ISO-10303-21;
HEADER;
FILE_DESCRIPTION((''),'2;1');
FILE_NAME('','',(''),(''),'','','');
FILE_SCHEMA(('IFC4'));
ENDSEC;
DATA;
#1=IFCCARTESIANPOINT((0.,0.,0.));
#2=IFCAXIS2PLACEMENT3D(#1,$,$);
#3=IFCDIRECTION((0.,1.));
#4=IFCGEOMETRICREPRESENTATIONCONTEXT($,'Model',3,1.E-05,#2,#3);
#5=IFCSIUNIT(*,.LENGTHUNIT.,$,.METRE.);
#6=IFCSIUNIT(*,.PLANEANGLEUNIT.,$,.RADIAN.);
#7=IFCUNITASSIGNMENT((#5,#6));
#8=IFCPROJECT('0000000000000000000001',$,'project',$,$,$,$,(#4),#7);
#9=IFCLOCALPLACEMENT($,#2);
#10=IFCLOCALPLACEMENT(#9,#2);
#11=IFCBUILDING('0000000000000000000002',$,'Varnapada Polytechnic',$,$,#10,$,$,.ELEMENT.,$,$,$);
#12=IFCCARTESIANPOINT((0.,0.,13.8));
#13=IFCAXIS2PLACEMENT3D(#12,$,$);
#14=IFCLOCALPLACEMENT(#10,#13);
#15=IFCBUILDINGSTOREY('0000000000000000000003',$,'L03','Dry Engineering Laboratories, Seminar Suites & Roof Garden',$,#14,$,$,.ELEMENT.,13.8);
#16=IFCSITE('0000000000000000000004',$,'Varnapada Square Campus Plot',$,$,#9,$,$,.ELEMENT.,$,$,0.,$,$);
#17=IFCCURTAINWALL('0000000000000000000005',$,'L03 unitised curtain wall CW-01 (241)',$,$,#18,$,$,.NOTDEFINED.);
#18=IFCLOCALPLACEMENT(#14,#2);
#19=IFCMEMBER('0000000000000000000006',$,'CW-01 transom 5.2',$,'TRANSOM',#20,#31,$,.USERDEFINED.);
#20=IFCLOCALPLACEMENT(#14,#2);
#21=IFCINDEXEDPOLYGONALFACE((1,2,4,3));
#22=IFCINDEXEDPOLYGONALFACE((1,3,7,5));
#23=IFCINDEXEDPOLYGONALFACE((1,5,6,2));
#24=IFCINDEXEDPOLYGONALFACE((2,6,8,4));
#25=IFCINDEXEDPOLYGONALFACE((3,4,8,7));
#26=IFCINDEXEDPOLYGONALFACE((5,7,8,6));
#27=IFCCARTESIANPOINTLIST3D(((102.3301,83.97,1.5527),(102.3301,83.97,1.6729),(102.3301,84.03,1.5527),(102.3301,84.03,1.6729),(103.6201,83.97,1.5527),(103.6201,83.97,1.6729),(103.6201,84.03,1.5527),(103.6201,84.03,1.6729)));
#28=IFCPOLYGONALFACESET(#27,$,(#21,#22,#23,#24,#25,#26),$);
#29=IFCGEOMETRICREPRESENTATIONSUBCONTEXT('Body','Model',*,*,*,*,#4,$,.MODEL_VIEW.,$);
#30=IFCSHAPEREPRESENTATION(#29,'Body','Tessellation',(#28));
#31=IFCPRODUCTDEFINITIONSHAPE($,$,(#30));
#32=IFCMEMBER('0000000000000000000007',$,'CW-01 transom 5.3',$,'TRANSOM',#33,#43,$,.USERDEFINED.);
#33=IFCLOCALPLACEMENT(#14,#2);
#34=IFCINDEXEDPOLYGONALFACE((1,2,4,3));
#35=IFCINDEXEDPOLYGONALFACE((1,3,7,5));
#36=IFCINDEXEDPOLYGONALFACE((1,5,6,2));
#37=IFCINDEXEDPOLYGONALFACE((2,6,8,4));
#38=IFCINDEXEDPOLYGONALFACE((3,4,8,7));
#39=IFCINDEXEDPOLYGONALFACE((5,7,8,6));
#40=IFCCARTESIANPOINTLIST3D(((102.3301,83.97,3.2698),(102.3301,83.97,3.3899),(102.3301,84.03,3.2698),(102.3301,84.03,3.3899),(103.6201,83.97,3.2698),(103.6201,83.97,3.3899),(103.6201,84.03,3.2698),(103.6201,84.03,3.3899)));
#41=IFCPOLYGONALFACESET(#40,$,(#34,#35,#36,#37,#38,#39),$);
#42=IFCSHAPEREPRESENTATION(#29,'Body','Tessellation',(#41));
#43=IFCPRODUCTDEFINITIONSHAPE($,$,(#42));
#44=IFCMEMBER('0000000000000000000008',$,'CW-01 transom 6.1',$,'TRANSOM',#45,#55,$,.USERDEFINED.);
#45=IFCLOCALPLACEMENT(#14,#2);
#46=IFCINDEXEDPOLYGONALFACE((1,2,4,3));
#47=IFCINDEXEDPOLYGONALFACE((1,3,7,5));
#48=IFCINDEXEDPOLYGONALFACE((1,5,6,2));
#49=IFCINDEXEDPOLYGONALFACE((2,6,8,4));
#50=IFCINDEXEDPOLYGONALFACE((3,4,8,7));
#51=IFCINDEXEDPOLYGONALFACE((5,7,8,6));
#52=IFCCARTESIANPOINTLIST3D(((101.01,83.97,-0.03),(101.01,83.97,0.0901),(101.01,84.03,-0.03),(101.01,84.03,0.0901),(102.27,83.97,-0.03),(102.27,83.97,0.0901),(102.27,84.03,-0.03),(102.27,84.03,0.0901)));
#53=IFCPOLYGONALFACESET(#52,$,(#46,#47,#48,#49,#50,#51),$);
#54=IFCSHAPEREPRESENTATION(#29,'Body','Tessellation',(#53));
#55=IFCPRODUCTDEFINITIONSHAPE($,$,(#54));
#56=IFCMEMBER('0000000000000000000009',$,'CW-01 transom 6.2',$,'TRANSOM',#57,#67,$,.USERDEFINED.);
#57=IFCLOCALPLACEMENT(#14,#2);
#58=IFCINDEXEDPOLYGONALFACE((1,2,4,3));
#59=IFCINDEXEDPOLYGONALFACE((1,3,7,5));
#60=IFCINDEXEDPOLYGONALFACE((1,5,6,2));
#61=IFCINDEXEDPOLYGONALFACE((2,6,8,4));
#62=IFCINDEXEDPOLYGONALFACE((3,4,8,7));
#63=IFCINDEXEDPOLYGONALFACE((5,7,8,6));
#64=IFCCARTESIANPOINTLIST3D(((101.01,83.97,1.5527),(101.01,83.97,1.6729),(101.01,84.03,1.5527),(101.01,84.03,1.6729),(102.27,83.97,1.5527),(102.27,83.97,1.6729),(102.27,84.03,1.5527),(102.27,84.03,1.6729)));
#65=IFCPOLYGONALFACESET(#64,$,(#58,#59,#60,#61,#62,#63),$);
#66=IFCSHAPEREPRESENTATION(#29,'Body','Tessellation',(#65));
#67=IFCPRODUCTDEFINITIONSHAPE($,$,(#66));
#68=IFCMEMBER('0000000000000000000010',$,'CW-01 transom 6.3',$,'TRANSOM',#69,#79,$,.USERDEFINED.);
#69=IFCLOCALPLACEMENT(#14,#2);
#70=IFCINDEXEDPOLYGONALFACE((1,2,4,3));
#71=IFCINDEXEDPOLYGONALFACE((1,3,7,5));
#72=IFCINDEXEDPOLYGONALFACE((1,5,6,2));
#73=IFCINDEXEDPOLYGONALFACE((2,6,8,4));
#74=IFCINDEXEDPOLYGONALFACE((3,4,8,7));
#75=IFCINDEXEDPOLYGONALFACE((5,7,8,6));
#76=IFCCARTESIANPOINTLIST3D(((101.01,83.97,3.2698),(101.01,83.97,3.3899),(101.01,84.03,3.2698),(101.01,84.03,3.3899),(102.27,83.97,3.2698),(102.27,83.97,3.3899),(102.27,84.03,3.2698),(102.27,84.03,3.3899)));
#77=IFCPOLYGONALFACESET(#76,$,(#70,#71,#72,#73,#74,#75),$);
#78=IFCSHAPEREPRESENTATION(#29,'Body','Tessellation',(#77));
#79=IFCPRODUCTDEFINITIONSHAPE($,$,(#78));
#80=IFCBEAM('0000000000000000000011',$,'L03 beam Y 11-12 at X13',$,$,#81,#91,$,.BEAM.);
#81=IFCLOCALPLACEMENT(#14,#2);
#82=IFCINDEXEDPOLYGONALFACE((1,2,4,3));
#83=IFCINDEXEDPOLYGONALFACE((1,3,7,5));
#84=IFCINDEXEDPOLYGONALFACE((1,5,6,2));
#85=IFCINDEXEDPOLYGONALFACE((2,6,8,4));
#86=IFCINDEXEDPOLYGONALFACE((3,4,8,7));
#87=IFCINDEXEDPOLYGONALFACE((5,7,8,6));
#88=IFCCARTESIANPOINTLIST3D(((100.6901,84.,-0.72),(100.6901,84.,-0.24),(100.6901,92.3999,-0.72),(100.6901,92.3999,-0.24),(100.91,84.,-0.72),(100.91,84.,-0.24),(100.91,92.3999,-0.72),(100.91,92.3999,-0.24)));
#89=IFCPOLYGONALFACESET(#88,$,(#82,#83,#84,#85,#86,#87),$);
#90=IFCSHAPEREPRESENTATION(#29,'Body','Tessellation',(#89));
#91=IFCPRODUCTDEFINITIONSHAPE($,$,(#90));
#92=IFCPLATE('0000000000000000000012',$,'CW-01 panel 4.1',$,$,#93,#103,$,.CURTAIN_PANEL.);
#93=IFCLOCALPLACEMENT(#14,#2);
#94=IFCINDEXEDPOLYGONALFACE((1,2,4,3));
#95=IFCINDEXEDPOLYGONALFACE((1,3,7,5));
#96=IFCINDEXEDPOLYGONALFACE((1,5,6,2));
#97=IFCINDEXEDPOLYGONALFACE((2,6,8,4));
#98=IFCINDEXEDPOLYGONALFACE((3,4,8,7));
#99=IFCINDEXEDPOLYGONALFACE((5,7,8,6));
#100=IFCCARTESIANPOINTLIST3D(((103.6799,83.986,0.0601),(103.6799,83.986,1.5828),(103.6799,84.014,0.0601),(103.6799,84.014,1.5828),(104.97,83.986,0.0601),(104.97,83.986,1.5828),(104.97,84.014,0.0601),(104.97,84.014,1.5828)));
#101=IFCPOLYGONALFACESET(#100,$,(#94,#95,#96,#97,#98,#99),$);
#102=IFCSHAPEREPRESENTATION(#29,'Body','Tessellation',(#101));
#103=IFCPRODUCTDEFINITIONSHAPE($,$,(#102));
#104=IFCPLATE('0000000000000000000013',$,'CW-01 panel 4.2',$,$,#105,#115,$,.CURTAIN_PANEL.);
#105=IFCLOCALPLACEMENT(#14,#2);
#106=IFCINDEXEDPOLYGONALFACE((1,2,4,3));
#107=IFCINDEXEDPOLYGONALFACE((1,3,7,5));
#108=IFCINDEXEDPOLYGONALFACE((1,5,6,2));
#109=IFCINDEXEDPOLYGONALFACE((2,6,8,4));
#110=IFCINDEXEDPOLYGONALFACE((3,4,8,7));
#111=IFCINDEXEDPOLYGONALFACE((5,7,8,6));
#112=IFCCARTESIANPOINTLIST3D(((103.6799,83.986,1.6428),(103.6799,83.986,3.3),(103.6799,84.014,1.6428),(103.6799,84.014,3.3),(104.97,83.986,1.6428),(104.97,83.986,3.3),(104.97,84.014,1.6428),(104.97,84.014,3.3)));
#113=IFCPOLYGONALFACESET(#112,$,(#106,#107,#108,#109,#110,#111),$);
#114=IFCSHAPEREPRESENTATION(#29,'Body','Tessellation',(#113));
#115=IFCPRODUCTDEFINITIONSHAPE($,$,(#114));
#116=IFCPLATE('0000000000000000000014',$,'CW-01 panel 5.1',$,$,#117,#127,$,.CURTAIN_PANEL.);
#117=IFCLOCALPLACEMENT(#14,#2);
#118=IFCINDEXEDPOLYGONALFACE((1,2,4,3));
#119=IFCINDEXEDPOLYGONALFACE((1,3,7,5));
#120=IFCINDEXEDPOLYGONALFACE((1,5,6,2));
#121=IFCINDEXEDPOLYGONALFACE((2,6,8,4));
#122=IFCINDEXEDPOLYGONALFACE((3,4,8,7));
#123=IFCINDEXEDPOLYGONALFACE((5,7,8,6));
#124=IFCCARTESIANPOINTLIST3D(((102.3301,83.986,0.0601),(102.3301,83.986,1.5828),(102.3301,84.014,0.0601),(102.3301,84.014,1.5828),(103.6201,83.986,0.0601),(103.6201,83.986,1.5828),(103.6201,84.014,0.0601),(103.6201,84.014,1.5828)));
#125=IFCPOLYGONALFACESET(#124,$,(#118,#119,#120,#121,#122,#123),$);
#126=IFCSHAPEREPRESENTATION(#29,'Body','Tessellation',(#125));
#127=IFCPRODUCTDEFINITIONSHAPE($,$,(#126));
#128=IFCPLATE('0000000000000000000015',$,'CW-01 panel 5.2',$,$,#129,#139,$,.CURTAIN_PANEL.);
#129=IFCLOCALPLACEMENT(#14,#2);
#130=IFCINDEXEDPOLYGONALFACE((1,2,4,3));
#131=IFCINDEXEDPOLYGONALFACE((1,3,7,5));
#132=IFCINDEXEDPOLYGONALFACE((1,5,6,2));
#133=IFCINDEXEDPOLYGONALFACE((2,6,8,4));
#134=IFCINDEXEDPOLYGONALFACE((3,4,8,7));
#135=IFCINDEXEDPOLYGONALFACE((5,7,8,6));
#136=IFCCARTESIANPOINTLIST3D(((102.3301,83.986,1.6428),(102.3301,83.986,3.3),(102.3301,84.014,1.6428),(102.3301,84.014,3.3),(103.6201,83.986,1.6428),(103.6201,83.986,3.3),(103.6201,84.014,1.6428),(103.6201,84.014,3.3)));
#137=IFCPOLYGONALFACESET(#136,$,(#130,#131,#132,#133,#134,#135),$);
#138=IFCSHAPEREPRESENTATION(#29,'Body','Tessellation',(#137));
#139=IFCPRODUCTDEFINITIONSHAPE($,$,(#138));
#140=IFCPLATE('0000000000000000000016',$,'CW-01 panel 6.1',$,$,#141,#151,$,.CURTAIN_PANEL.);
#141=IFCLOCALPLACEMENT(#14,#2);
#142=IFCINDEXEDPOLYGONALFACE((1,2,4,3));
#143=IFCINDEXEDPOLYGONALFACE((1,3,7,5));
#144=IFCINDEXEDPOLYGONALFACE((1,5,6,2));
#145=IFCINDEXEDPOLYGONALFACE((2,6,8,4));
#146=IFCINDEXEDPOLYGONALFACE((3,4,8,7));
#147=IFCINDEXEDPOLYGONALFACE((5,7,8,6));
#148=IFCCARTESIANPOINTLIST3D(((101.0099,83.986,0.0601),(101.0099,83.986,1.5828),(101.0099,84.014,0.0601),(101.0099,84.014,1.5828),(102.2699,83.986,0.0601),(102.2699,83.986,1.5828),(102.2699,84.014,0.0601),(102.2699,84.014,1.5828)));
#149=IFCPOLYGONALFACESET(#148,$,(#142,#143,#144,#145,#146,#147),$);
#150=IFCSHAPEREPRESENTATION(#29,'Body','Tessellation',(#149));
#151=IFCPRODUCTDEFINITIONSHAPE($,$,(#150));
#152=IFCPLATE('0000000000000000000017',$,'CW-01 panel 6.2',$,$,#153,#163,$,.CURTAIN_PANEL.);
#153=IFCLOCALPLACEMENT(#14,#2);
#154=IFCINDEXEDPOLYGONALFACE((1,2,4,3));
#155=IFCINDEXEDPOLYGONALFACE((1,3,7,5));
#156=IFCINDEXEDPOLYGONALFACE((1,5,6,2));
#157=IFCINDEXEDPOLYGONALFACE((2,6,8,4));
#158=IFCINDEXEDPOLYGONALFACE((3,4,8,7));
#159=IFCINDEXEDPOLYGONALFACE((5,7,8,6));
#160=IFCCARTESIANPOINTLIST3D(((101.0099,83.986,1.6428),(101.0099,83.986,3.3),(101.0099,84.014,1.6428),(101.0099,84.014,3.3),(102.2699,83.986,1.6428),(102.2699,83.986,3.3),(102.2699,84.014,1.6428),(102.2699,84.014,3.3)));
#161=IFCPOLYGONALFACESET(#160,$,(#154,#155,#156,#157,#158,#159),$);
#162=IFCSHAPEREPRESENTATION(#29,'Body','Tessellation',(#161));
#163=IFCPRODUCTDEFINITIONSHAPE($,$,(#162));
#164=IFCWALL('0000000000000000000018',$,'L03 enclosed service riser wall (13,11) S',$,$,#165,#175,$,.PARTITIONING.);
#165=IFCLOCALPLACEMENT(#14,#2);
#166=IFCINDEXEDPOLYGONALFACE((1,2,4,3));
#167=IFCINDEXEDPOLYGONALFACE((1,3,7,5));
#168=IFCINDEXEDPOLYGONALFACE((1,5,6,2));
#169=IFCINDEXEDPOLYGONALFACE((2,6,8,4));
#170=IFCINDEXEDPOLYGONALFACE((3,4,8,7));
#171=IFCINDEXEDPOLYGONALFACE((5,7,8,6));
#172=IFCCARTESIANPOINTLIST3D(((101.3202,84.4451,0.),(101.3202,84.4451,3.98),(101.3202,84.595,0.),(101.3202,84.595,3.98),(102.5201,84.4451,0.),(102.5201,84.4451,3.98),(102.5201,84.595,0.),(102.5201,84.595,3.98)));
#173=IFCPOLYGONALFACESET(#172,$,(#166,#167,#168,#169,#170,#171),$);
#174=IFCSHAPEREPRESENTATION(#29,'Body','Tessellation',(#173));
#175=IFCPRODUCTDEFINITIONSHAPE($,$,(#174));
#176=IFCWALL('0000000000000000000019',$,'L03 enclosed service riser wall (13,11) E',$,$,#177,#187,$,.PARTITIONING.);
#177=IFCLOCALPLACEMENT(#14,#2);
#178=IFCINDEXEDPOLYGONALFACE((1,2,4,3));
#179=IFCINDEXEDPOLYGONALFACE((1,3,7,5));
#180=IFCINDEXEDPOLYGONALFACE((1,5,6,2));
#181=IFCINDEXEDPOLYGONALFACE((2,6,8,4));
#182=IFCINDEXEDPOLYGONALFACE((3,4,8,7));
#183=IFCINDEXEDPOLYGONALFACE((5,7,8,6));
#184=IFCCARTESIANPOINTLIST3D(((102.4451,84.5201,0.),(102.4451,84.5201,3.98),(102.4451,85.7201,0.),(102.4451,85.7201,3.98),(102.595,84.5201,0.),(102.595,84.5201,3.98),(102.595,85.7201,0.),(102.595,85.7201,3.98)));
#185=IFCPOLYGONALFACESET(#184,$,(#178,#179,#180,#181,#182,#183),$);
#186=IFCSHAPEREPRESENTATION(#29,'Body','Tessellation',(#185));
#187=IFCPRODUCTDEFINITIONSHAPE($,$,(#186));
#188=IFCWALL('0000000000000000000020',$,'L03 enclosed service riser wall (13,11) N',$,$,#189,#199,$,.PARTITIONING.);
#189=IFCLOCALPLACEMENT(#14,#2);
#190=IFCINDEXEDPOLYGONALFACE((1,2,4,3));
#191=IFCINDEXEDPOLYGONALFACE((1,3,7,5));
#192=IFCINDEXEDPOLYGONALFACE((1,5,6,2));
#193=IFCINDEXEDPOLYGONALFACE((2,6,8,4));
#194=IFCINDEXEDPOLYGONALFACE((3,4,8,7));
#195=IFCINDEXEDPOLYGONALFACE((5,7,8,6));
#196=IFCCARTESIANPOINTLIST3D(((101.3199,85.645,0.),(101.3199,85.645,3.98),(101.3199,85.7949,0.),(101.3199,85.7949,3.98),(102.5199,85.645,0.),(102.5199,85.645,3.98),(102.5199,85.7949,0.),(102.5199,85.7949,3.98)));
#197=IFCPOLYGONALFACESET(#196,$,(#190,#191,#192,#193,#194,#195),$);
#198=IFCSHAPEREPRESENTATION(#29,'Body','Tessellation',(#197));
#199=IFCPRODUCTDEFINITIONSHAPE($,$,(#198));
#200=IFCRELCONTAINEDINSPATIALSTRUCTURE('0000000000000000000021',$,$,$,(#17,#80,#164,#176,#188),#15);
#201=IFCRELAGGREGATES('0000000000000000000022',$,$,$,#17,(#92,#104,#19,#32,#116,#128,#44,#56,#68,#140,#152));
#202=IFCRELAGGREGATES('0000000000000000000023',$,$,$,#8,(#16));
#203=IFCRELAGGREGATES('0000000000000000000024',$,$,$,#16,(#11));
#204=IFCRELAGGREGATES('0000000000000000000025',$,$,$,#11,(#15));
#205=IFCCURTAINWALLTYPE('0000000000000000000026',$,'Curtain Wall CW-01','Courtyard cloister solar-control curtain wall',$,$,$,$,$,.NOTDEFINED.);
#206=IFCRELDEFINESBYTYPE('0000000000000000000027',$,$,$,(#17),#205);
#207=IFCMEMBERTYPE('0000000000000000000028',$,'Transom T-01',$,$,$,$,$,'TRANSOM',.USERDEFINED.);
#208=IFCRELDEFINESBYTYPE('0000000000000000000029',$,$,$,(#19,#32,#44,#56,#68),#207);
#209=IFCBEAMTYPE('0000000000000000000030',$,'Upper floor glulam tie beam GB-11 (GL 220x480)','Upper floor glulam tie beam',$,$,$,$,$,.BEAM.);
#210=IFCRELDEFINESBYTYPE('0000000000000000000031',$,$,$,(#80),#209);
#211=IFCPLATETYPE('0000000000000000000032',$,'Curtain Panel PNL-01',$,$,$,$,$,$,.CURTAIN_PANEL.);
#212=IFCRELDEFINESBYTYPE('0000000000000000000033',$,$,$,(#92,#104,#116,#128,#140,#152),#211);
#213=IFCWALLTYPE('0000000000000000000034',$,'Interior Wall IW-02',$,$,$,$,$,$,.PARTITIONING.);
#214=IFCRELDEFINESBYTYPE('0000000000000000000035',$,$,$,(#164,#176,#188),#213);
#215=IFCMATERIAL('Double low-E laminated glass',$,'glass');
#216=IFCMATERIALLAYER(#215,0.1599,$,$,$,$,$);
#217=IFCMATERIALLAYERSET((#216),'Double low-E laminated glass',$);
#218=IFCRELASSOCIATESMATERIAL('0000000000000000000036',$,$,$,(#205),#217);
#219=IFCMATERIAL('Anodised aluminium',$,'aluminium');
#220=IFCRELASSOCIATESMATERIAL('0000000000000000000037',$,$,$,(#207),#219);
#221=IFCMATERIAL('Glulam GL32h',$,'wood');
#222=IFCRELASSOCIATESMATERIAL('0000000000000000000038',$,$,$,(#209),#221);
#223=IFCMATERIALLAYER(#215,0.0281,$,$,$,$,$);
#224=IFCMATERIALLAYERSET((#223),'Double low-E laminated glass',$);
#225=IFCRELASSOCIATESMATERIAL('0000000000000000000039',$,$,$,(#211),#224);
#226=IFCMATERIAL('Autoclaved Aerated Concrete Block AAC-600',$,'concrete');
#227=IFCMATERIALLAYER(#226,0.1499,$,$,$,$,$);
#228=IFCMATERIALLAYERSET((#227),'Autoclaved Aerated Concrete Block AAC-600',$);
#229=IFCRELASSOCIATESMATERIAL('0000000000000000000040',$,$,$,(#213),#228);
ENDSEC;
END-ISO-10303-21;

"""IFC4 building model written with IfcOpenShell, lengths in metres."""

from ifc_helpers import new_model, si_unit, direction, frame, frame_2d, origin, origin_2d, place, context, subcontext, project, spatial, rectangle, extrude, material, layer, layer_set, material_profile, profile_set, type_object, element, aggregate, save


model = new_model("IFC4")

# Units and contexts
model_context = context("Model", 3, precision=1e-05, world=origin(), true_north=direction((0.0, 1.0)))
body_context = subcontext(model_context, "Body", "Model", "MODEL_VIEW")
ifc_project = project(units=[si_unit("LENGTHUNIT", "METRE"), si_unit("PLANEANGLEUNIT", "RADIAN")], contexts=[model_context])

# Site, building, storey
site_placement = place(None, origin())
site = spatial("IfcSite", under=ifc_project, at=site_placement, Name="Varnapada Square Campus Plot", CompositionType="ELEMENT", RefElevation=0.0)
building_placement = place(site_placement, origin())
building = spatial("IfcBuilding", under=site, at=building_placement, Name="Varnapada Polytechnic", CompositionType="ELEMENT")
storey_placement = place(building_placement, frame((0.0, 0.0, 13.8)))
storey = spatial("IfcBuildingStorey", under=building, at=storey_placement, Name="L03", Description="Dry Engineering Laboratories, Seminar Suites & Roof Garden", CompositionType="ELEMENT", Elevation=13.8)

# Shared definitions
ifc_material_1 = material(Name="Glulam GL32h", Category="wood")

# Curtain wall
ifc_material_2 = material(Name="Double low-E laminated glass", Category="glass")
ifc_layer_1 = layer(ifc_material_2, 0.1599)
ifc_layer_set_1 = layer_set([ifc_layer_1], Name="Double low-E laminated glass")
curtain_wall_type = type_object("IfcCurtainWallType", Name="Curtain Wall CW-01", Description="Courtyard cloister solar-control curtain wall", PredefinedType="NOTDEFINED", material=ifc_layer_set_1)
curtain_wall_placement = place(storey_placement, origin())
curtain_wall = element("IfcCurtainWall", 1, at=curtain_wall_placement, inside=storey, type_object=curtain_wall_type, Name="L03 unitised curtain wall CW-01 (241)", PredefinedType="NOTDEFINED")
ifc_material_3 = material(Name="Anodised aluminium", Category="aluminium")

# Members
ifc_material_profile_1 = material_profile(ifc_material_3, rectangle(XDim=0.0601, YDim=0.1201, at=origin_2d()), Name="ALU T60x120")
ifc_profile_set_1 = profile_set([ifc_material_profile_1], Name="Anodised aluminium")
member_type_1 = type_object("IfcMemberType", Name="Transom T-01", ElementType="TRANSOM", PredefinedType="USERDEFINED", material=ifc_profile_set_1)
member_1_placement = place(storey_placement, frame((103.6201, 84.0, 1.6128), z_axis=(-1.0, 0.0, 0.0), x_axis=(0.0, -1.0, 0.0)))
member_1 = element("IfcMember", 2, at=member_1_placement, type_object=member_type_1, Name="CW-01 transom 5.2", ObjectType="TRANSOM", PredefinedType="USERDEFINED", context=body_context, shape_type="SweptSolid", body=[
    extrude(rectangle(XDim=0.0601, YDim=0.1201, at=origin_2d()), origin(), (0.0, 0.0, 1.0), 1.29),
])
member_2_placement = place(storey_placement, frame((103.6201, 84.0, 3.3298), z_axis=(-1.0, 0.0, 0.0), x_axis=(0.0, -1.0, 0.0)))
member_2 = element("IfcMember", 3, at=member_2_placement, type_object=member_type_1, Name="CW-01 transom 5.3", ObjectType="TRANSOM", PredefinedType="USERDEFINED", context=body_context, shape_type="SweptSolid", body=[
    extrude(rectangle(XDim=0.0601, YDim=0.1201, at=origin_2d()), origin(), (0.0, 0.0, 1.0), 1.29),
])
member_3_placement = place(storey_placement, frame((102.27, 84.0, 0.03), z_axis=(-1.0, 0.0, 0.0), x_axis=(0.0, -1.0, 0.0)))
member_3 = element("IfcMember", 4, at=member_3_placement, type_object=member_type_1, Name="CW-01 transom 6.1", ObjectType="TRANSOM", PredefinedType="USERDEFINED", context=body_context, shape_type="SweptSolid", body=[
    extrude(rectangle(XDim=0.0601, YDim=0.1201, at=origin_2d()), origin(), (0.0, 0.0, 1.0), 1.26),
])
member_4_placement = place(storey_placement, frame((102.27, 84.0, 1.6128), z_axis=(-1.0, 0.0, 0.0), x_axis=(0.0, -1.0, 0.0)))
member_4 = element("IfcMember", 5, at=member_4_placement, type_object=member_type_1, Name="CW-01 transom 6.2", ObjectType="TRANSOM", PredefinedType="USERDEFINED", context=body_context, shape_type="SweptSolid", body=[
    extrude(rectangle(XDim=0.0601, YDim=0.1201, at=origin_2d()), origin(), (0.0, 0.0, 1.0), 1.26),
])
member_5_placement = place(storey_placement, frame((102.27, 84.0, 3.3298), z_axis=(-1.0, 0.0, 0.0), x_axis=(0.0, -1.0, 0.0)))
member_5 = element("IfcMember", 6, at=member_5_placement, type_object=member_type_1, Name="CW-01 transom 6.3", ObjectType="TRANSOM", PredefinedType="USERDEFINED", context=body_context, shape_type="SweptSolid", body=[
    extrude(rectangle(XDim=0.0601, YDim=0.1201, at=origin_2d()), origin(), (0.0, 0.0, 1.0), 1.26),
])

# Beam
ifc_material_profile_2 = material_profile(ifc_material_1, rectangle(XDim=0.22, YDim=0.48, at=origin_2d()), Name="GL 220x480")
ifc_profile_set_2 = profile_set([ifc_material_profile_2], Name="Glulam GL32h")
beam_type_1 = type_object("IfcBeamType", Name="Upper floor glulam tie beam GB-11 (GL 220x480)", Description="Upper floor glulam tie beam", PredefinedType="BEAM", material=ifc_profile_set_2)
beam_1_placement = place(storey_placement, frame((100.8, 84.0, -0.48), z_axis=(0.0, 1.0, 0.0), x_axis=(-1.0, 0.0, 0.0)))
element("IfcBeam", 7, at=beam_1_placement, inside=storey, type_object=beam_type_1, Name="L03 beam Y 11-12 at X13", PredefinedType="BEAM", context=body_context, shape_type="SweptSolid", body=[
    extrude(rectangle(XDim=0.22, YDim=0.48, at=origin_2d()), origin(), (0.0, 0.0, 1.0), 8.3999),
])

# Plates
ifc_layer_2 = layer(ifc_material_2, 0.0281)
ifc_layer_set_2 = layer_set([ifc_layer_2], Name="Double low-E laminated glass")
plate_type = type_object("IfcPlateType", Name="Curtain Panel PNL-01", PredefinedType="CURTAIN_PANEL", material=ifc_layer_set_2)
plate_1_placement = place(storey_placement, frame((104.325, 84.0, 0.0601), z_axis=(0.0, 0.0, 1.0), x_axis=(-1.0, 0.0, 0.0)))
plate_1 = element("IfcPlate", 8, at=plate_1_placement, type_object=plate_type, Name="CW-01 panel 4.1", PredefinedType="CURTAIN_PANEL", context=body_context, shape_type="SweptSolid", body=[
    extrude(rectangle(XDim=1.29, YDim=0.0281, at=origin_2d()), origin(), (0.0, 0.0, 1.0), 1.5227),
])
plate_2_placement = place(storey_placement, frame((104.325, 84.0, 1.6428), z_axis=(0.0, 0.0, 1.0), x_axis=(-1.0, 0.0, 0.0)))
plate_2 = element("IfcPlate", 9, at=plate_2_placement, type_object=plate_type, Name="CW-01 panel 4.2", PredefinedType="CURTAIN_PANEL", context=body_context, shape_type="SweptSolid", body=[
    extrude(rectangle(XDim=1.29, YDim=0.0281, at=origin_2d()), origin(), (0.0, 0.0, 1.0), 1.6572),
])
plate_3_placement = place(storey_placement, frame((102.9751, 84.0, 0.0601), z_axis=(0.0, 0.0, 1.0), x_axis=(-1.0, 0.0, 0.0)))
plate_3 = element("IfcPlate", 10, at=plate_3_placement, type_object=plate_type, Name="CW-01 panel 5.1", PredefinedType="CURTAIN_PANEL", context=body_context, shape_type="SweptSolid", body=[
    extrude(rectangle(XDim=1.29, YDim=0.0281, at=origin_2d()), origin(), (0.0, 0.0, 1.0), 1.5227),
])
plate_4_placement = place(storey_placement, frame((102.9751, 84.0, 1.6428), z_axis=(0.0, 0.0, 1.0), x_axis=(-1.0, 0.0, 0.0)))
plate_4 = element("IfcPlate", 11, at=plate_4_placement, type_object=plate_type, Name="CW-01 panel 5.2", PredefinedType="CURTAIN_PANEL", context=body_context, shape_type="SweptSolid", body=[
    extrude(rectangle(XDim=1.29, YDim=0.0281, at=origin_2d()), origin(), (0.0, 0.0, 1.0), 1.6572),
])
plate_5_placement = place(storey_placement, frame((101.6399, 84.0, 0.0601), z_axis=(0.0, 0.0, 1.0), x_axis=(-1.0, 0.0, 0.0)))
plate_5 = element("IfcPlate", 12, at=plate_5_placement, type_object=plate_type, Name="CW-01 panel 6.1", PredefinedType="CURTAIN_PANEL", context=body_context, shape_type="SweptSolid", body=[
    extrude(rectangle(XDim=1.26, YDim=0.0281, at=origin_2d()), origin(), (0.0, 0.0, 1.0), 1.5227),
])
plate_6_placement = place(storey_placement, frame((101.6399, 84.0, 1.6428), z_axis=(0.0, 0.0, 1.0), x_axis=(-1.0, 0.0, 0.0)))
plate_6 = element("IfcPlate", 13, at=plate_6_placement, type_object=plate_type, Name="CW-01 panel 6.2", PredefinedType="CURTAIN_PANEL", context=body_context, shape_type="SweptSolid", body=[
    extrude(rectangle(XDim=1.26, YDim=0.0281, at=origin_2d()), origin(), (0.0, 0.0, 1.0), 1.6572),
])
aggregate(curtain_wall, [plate_1, plate_2, member_1, member_2, plate_3, plate_4, member_3, member_4, member_5, plate_5, plate_6])

# Walls
ifc_material_4 = material(Name="Autoclaved Aerated Concrete Block AAC-600", Category="concrete")
ifc_layer_3 = layer(ifc_material_4, 0.1499)
ifc_layer_set_3 = layer_set([ifc_layer_3], Name="Autoclaved Aerated Concrete Block AAC-600")
wall_type = type_object("IfcWallType", Name="Interior Wall IW-02", PredefinedType="PARTITIONING", material=ifc_layer_set_3)
for number, where, z_axis, x_axis, name in (
    (14, (101.3201, 84.52, 0.0), (0.0, 0.0, 1.0), (1.0, 0.0, 0.0), "L03 enclosed service riser wall (13,11) S"),
    (15, (102.52, 84.52, 0.0), (0.0, 0.0, 1.0), (0.0, 1.0, 0.0), "L03 enclosed service riser wall (13,11) E"),
    (16, (102.52, 85.72, 0.0), (0.0, 0.0, 1.0), (-1.0, 0.0, 0.0), "L03 enclosed service riser wall (13,11) N"),
):
    element("IfcWall", number, at=place(storey_placement, frame(where, z_axis=z_axis, x_axis=x_axis)), inside=storey, type_object=wall_type, Name=name, PredefinedType="PARTITIONING", context=body_context, shape_type="SweptSolid", body=[
        extrude(rectangle(XDim=1.2, YDim=0.1499, at=frame_2d((0.6001, 0.0))), origin(), (0.0, 0.0, 1.0), 3.98),
    ])

save(model, "model.ifc")
